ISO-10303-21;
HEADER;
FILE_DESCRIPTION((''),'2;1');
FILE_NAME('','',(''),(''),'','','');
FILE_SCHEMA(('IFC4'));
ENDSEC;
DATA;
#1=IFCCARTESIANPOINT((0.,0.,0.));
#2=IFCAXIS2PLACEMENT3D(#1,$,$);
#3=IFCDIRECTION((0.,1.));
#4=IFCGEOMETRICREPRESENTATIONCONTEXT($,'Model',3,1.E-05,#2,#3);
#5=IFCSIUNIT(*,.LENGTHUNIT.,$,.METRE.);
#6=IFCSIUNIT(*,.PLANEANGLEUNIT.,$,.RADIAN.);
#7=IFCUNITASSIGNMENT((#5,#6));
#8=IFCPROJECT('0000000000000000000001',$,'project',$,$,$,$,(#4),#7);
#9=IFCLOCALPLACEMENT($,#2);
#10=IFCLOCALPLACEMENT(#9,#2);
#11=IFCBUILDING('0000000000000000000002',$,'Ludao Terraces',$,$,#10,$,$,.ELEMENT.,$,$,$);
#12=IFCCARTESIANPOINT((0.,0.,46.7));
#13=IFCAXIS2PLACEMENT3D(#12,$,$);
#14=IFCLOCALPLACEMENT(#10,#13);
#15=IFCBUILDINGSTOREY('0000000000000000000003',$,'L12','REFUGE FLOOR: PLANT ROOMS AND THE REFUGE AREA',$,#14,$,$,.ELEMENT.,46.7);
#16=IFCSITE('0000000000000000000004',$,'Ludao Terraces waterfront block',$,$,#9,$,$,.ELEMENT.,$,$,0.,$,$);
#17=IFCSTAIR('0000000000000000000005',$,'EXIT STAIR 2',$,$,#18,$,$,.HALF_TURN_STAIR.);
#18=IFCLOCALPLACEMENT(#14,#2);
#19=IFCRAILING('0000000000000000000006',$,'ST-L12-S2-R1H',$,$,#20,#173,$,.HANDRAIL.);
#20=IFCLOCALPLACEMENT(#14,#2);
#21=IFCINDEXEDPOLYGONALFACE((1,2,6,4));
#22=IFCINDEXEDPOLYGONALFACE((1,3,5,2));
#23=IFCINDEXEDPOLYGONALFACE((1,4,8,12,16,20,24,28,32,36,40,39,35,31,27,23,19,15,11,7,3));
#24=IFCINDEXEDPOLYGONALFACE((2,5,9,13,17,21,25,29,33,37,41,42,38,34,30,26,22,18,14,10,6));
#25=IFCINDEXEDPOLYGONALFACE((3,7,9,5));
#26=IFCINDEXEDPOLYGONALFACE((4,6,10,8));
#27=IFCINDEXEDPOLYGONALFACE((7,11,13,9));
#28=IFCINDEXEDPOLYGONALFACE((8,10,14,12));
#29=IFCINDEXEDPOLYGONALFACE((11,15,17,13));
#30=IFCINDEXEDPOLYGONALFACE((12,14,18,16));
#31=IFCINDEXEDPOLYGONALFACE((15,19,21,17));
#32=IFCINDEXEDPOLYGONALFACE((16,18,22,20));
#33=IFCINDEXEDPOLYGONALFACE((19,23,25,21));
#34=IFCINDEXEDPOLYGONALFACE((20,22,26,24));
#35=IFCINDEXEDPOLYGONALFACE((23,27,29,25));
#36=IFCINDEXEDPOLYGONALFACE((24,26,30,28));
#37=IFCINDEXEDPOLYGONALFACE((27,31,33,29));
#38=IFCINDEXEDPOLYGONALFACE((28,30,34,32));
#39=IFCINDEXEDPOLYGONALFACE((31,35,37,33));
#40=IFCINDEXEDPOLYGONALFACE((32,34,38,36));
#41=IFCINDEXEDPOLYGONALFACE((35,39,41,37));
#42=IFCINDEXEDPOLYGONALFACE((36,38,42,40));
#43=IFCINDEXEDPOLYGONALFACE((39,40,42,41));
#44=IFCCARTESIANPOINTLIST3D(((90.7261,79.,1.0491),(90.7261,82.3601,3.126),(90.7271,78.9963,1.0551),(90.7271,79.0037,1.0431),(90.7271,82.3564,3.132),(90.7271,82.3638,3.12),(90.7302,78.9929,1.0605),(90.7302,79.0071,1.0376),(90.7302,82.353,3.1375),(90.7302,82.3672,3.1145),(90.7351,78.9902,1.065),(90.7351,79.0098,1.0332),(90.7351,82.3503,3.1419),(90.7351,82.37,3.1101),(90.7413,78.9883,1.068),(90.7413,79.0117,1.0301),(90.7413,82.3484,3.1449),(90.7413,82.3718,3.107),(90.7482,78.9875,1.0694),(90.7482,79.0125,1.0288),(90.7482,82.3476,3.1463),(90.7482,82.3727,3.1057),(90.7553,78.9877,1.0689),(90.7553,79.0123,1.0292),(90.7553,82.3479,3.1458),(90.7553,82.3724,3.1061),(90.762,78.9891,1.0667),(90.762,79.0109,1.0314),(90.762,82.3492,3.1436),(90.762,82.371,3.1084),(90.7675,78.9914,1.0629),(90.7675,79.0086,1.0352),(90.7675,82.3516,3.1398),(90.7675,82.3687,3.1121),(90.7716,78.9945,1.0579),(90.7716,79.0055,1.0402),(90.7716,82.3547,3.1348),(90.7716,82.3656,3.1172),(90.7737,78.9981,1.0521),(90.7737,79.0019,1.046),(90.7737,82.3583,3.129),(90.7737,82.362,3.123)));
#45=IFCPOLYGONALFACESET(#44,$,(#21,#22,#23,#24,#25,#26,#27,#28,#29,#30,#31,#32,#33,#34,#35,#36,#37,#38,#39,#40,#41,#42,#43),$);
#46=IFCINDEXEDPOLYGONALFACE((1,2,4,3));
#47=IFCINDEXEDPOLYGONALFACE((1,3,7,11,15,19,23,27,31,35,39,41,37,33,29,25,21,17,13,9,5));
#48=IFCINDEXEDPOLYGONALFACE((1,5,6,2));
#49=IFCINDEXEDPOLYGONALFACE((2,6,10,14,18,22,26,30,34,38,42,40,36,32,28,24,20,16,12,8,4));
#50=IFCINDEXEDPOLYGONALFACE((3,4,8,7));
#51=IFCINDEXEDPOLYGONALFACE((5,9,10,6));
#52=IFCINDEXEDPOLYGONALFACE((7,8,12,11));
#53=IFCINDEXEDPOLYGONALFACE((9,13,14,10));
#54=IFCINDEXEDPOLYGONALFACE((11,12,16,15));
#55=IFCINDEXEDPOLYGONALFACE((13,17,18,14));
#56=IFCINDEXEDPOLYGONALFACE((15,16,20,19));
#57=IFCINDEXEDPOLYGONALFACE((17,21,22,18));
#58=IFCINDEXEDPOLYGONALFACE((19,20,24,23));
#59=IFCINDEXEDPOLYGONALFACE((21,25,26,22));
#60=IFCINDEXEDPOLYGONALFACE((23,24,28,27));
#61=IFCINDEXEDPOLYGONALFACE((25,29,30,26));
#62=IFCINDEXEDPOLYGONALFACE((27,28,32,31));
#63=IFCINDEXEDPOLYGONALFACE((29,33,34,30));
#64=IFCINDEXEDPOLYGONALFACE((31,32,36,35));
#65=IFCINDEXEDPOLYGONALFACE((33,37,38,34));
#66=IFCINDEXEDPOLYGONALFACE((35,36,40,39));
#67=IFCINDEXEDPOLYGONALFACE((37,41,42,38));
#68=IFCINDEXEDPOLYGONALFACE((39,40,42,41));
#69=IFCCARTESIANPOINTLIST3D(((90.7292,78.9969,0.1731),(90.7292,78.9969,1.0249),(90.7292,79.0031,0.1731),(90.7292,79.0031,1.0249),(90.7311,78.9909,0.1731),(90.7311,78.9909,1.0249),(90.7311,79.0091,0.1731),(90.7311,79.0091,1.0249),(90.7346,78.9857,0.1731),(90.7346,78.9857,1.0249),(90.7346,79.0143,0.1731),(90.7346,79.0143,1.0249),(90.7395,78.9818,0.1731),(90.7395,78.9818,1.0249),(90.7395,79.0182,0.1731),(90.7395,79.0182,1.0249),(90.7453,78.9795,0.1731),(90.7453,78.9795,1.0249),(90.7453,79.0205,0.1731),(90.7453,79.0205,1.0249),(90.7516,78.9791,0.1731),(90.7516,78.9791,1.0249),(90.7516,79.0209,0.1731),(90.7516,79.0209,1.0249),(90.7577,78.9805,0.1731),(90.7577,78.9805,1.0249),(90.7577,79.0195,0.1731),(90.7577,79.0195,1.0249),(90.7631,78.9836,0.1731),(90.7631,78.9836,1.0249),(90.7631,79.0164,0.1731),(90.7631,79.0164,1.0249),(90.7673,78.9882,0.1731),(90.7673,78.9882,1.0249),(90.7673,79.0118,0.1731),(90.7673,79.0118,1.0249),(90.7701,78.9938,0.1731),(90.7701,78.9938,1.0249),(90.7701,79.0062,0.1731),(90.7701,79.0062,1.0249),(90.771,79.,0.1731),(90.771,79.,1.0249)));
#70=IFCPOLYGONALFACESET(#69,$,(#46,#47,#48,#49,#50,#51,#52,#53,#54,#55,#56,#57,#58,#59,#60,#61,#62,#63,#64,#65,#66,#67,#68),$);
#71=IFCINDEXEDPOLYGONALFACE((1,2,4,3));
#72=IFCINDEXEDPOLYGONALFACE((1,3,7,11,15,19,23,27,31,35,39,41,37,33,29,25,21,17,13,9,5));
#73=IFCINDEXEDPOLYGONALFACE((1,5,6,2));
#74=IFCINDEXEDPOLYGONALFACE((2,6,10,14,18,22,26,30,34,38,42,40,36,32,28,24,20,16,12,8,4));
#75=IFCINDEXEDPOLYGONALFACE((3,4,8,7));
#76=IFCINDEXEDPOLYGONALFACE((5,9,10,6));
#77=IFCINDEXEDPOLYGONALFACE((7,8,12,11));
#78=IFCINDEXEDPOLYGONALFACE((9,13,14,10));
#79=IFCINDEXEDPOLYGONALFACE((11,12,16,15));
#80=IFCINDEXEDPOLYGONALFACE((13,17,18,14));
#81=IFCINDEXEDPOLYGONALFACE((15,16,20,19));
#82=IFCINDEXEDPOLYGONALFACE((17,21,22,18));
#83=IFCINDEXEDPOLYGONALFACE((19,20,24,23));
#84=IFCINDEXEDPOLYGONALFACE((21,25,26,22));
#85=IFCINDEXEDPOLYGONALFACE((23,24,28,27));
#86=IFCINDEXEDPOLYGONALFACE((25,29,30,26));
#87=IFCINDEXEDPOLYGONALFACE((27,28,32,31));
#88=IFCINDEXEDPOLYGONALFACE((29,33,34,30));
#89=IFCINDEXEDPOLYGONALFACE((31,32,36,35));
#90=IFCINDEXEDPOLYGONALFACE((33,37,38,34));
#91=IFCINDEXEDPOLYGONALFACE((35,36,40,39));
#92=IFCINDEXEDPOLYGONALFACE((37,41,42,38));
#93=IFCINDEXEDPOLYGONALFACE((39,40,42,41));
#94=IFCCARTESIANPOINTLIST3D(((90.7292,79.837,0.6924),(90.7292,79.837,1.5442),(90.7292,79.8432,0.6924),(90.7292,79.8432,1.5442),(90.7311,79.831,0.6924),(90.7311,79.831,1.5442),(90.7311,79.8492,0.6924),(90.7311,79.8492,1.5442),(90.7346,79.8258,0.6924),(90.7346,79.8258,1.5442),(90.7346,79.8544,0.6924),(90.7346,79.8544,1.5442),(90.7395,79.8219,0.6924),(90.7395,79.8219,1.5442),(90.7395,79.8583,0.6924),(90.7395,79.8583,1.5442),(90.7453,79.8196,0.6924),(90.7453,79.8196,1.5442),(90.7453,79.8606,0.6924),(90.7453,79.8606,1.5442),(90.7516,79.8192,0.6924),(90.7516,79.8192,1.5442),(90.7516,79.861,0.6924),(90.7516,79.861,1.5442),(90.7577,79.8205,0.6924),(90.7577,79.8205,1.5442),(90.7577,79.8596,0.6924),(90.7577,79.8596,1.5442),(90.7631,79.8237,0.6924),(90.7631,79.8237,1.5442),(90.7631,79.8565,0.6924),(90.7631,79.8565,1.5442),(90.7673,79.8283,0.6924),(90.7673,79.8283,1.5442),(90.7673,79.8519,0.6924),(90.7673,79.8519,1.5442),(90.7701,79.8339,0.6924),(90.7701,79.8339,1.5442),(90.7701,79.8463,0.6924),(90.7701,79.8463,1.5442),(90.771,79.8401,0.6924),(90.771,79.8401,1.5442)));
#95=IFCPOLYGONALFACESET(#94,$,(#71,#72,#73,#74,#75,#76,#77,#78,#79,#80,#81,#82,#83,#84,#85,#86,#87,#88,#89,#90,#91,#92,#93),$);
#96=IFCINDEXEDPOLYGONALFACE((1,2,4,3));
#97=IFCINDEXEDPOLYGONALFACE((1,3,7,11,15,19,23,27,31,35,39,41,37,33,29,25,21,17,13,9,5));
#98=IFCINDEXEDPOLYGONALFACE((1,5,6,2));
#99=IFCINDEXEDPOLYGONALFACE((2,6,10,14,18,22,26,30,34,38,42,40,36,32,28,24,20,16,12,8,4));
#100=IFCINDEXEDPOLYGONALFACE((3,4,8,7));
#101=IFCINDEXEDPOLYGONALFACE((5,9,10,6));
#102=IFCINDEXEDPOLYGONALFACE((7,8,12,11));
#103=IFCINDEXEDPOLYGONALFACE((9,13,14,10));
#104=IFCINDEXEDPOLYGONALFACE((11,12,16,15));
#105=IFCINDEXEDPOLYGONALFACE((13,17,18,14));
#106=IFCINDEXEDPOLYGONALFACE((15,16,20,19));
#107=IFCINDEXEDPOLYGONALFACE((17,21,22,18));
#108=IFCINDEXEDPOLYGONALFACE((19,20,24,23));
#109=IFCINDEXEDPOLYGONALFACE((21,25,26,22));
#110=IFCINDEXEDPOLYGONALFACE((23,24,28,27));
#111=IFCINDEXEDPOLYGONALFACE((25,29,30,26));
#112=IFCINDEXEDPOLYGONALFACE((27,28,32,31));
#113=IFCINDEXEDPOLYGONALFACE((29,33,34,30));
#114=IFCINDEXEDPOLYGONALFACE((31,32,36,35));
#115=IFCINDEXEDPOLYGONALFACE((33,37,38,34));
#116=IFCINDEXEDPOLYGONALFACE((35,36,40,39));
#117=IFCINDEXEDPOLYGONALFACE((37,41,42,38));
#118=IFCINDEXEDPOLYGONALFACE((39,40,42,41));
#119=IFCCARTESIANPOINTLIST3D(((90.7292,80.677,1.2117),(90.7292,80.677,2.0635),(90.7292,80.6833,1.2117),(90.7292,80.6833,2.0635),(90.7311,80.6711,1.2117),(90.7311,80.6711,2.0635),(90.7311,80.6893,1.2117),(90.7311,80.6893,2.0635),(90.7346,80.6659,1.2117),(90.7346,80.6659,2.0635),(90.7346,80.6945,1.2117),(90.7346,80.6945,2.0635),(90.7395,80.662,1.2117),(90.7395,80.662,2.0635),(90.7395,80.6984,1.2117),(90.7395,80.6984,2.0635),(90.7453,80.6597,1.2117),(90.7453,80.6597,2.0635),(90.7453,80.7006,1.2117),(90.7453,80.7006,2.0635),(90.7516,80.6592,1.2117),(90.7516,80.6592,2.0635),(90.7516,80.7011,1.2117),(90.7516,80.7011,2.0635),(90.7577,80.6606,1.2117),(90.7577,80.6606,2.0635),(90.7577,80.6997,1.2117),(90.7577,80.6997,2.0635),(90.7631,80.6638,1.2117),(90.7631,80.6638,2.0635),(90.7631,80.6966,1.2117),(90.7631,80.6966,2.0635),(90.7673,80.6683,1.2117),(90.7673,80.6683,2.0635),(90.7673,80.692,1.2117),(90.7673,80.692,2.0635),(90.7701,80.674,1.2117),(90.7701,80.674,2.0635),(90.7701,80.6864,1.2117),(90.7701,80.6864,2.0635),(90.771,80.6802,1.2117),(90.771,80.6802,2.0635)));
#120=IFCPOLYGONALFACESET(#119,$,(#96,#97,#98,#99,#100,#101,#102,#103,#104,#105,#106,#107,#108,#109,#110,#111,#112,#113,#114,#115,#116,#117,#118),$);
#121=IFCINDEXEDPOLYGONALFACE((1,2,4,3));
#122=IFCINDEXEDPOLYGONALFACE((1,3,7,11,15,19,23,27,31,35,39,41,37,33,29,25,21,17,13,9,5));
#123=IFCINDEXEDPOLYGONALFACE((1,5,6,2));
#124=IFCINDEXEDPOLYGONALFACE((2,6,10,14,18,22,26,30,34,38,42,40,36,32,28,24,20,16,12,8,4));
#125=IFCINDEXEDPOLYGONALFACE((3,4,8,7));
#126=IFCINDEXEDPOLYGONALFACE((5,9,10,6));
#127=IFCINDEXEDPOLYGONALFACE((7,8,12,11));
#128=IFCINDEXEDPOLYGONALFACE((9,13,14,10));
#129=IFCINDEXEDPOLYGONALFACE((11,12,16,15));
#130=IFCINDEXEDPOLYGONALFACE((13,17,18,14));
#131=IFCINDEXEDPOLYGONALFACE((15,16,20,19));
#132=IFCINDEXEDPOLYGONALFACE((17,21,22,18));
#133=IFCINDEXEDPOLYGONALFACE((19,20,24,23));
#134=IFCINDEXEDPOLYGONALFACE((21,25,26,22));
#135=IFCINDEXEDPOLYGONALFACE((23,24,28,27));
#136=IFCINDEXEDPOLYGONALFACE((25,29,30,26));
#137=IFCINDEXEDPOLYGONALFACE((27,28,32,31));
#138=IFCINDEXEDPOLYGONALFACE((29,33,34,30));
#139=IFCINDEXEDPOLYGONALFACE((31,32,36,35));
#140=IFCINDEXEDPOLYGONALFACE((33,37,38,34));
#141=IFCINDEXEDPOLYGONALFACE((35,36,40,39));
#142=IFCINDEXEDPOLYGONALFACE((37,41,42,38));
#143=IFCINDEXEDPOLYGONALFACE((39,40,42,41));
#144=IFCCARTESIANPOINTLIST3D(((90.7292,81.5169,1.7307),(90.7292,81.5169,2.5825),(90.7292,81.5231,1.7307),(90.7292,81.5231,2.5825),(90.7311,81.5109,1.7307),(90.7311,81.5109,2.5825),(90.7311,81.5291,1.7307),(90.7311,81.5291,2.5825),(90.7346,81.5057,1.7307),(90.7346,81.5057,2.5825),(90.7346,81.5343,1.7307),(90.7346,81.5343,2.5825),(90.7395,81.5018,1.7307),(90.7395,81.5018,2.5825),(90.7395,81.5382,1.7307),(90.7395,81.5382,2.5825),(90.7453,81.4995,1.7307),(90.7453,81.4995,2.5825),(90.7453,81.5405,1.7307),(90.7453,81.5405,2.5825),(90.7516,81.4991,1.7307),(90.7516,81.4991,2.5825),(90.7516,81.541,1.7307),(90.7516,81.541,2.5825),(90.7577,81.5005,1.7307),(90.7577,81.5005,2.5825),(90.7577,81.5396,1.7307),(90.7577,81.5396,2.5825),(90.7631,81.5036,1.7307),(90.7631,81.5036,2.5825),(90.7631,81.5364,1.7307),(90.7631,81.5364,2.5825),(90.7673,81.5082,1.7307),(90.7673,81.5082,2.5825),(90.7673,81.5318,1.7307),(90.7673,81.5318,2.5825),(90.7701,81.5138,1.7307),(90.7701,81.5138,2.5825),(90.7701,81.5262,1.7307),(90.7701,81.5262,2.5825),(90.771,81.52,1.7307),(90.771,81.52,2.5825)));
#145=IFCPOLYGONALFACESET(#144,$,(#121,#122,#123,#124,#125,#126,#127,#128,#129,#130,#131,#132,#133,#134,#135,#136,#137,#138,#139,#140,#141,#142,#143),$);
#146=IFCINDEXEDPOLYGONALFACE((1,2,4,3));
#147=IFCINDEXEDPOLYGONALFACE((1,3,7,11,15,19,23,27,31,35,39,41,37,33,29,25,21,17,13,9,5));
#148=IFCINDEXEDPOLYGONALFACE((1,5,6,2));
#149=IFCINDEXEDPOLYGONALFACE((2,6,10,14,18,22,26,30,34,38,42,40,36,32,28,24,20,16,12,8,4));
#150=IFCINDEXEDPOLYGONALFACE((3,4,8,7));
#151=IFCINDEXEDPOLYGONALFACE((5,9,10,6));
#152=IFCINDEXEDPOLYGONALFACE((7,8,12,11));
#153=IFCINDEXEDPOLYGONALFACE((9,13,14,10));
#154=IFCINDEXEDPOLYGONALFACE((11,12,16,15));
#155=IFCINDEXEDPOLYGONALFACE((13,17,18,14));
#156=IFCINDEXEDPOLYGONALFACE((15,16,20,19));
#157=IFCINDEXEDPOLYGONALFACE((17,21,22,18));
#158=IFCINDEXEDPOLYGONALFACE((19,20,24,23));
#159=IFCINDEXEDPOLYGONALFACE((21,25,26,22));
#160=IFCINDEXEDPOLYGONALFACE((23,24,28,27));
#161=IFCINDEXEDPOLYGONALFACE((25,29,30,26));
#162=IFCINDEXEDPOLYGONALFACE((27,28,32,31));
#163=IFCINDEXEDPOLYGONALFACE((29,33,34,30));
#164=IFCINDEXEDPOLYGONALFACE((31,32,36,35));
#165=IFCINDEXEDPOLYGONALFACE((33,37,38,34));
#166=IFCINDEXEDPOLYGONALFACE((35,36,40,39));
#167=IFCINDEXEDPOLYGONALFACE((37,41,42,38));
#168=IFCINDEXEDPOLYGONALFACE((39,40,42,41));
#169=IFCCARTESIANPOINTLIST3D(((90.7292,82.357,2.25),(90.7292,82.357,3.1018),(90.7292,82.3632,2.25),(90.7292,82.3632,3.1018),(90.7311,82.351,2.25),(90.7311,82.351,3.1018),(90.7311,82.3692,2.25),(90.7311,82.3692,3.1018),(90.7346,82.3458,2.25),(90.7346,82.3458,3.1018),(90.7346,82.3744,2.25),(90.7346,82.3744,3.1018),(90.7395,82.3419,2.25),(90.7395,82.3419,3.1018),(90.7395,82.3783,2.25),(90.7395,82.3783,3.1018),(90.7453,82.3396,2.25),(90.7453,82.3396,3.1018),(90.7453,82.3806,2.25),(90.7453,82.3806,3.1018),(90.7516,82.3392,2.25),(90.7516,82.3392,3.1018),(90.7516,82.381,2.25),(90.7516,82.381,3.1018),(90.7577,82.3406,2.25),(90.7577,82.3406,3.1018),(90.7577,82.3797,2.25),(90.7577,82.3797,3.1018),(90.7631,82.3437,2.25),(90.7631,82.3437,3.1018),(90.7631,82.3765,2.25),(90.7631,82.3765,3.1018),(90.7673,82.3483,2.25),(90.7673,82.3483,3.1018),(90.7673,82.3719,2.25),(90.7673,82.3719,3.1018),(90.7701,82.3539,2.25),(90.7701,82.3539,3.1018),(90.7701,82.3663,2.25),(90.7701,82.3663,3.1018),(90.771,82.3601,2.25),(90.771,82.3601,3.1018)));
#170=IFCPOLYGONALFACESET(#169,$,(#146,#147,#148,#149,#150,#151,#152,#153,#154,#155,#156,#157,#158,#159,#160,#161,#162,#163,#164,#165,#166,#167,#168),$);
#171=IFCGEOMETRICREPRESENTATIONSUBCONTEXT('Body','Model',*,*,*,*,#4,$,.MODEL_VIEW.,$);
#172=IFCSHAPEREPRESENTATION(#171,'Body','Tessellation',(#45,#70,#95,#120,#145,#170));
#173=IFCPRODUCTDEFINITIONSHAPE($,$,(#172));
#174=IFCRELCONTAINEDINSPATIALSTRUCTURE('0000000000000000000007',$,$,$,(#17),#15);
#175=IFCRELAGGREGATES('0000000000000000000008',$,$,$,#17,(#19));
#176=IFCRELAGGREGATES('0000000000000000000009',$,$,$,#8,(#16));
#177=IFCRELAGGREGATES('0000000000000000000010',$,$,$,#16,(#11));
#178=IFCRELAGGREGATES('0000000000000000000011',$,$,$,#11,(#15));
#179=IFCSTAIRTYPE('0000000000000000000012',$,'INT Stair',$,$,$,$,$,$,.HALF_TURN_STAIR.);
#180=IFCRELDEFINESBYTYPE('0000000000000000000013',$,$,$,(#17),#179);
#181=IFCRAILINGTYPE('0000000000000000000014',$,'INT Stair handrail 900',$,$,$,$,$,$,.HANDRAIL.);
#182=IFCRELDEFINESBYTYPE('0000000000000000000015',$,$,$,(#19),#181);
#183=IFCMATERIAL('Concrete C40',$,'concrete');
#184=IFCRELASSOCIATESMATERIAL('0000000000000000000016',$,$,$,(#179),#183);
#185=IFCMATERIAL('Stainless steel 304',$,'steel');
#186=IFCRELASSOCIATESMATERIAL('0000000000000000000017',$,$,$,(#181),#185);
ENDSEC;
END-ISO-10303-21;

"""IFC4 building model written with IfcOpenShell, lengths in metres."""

from ifc_helpers import new_model, si_unit, direction, frame, origin, origin_2d, place, context, subcontext, project, spatial, circle, extrude, material, type_object, element, aggregate, save


model = new_model("IFC4")

# Units and contexts
model_context = context("Model", 3, precision=1e-05, world=origin(), true_north=direction((0.0, 1.0)))
body_context = subcontext(model_context, "Body", "Model", "MODEL_VIEW")
ifc_project = project(units=[si_unit("LENGTHUNIT", "METRE"), si_unit("PLANEANGLEUNIT", "RADIAN")], contexts=[model_context])

# Site, building, storey
site_placement = place(None, origin())
site = spatial("IfcSite", under=ifc_project, at=site_placement, Name="Ludao Terraces waterfront block", CompositionType="ELEMENT", RefElevation=0.0)
building_placement = place(site_placement, origin())
building = spatial("IfcBuilding", under=site, at=building_placement, Name="Ludao Terraces", CompositionType="ELEMENT")
storey_placement = place(building_placement, frame((0.0, 0.0, 46.7)))
storey = spatial("IfcBuildingStorey", under=building, at=storey_placement, Name="L12", Description="REFUGE FLOOR: PLANT ROOMS AND THE REFUGE AREA", CompositionType="ELEMENT", Elevation=46.7)

# Stair, railing
ifc_material_1 = material(Name="Concrete C40", Category="concrete")
stair_type = type_object("IfcStairType", Name="INT Stair", PredefinedType="HALF_TURN_STAIR", material=ifc_material_1)
stair_placement = place(storey_placement, origin())
stair = element("IfcStair", 1, at=stair_placement, inside=storey, type_object=stair_type, Name="EXIT STAIR 2", PredefinedType="HALF_TURN_STAIR")
ifc_material_2 = material(Name="Stainless steel 304", Category="steel")
railing_type_1 = type_object("IfcRailingType", Name="INT Stair handrail 900", PredefinedType="HANDRAIL", material=ifc_material_2)
railing_1_placement = place(storey_placement, frame((90.75, 79.0, 0.1731)))
railing_1 = element("IfcRailing", 2, at=railing_1_placement, type_object=railing_type_1, Name="ST-L12-S2-R1H", PredefinedType="HANDRAIL", context=body_context, shape_type="SweptSolid", body=[
    extrude(circle(Radius=0.0239, at=origin_2d()), frame((0.0, 0.0, 0.876), z_axis=(0.0, 0.850623, 0.525776), x_axis=(-1.0, 0.0, 0.0)), (0.0, 0.0, 1.0), 3.9502),
    extrude(circle(Radius=0.021, at=origin_2d()), origin(), (0.0, 0.0, 1.0), 0.8518),
    extrude(circle(Radius=0.021, at=origin_2d()), frame((0.0, 0.8401, 0.5193)), (0.0, 0.0, 1.0), 0.8518),
    extrude(circle(Radius=0.021, at=origin_2d()), frame((0.0, 1.6802, 1.0386)), (0.0, 0.0, 1.0), 0.8518),
    extrude(circle(Radius=0.021, at=origin_2d()), frame((0.0, 2.52, 1.5576)), (0.0, 0.0, 1.0), 0.8518),
    extrude(circle(Radius=0.021, at=origin_2d()), frame((0.0, 3.3601, 2.0769)), (0.0, 0.0, 1.0), 0.8518),
])
aggregate(stair, [railing_1])

save(model, "model.ifc")
